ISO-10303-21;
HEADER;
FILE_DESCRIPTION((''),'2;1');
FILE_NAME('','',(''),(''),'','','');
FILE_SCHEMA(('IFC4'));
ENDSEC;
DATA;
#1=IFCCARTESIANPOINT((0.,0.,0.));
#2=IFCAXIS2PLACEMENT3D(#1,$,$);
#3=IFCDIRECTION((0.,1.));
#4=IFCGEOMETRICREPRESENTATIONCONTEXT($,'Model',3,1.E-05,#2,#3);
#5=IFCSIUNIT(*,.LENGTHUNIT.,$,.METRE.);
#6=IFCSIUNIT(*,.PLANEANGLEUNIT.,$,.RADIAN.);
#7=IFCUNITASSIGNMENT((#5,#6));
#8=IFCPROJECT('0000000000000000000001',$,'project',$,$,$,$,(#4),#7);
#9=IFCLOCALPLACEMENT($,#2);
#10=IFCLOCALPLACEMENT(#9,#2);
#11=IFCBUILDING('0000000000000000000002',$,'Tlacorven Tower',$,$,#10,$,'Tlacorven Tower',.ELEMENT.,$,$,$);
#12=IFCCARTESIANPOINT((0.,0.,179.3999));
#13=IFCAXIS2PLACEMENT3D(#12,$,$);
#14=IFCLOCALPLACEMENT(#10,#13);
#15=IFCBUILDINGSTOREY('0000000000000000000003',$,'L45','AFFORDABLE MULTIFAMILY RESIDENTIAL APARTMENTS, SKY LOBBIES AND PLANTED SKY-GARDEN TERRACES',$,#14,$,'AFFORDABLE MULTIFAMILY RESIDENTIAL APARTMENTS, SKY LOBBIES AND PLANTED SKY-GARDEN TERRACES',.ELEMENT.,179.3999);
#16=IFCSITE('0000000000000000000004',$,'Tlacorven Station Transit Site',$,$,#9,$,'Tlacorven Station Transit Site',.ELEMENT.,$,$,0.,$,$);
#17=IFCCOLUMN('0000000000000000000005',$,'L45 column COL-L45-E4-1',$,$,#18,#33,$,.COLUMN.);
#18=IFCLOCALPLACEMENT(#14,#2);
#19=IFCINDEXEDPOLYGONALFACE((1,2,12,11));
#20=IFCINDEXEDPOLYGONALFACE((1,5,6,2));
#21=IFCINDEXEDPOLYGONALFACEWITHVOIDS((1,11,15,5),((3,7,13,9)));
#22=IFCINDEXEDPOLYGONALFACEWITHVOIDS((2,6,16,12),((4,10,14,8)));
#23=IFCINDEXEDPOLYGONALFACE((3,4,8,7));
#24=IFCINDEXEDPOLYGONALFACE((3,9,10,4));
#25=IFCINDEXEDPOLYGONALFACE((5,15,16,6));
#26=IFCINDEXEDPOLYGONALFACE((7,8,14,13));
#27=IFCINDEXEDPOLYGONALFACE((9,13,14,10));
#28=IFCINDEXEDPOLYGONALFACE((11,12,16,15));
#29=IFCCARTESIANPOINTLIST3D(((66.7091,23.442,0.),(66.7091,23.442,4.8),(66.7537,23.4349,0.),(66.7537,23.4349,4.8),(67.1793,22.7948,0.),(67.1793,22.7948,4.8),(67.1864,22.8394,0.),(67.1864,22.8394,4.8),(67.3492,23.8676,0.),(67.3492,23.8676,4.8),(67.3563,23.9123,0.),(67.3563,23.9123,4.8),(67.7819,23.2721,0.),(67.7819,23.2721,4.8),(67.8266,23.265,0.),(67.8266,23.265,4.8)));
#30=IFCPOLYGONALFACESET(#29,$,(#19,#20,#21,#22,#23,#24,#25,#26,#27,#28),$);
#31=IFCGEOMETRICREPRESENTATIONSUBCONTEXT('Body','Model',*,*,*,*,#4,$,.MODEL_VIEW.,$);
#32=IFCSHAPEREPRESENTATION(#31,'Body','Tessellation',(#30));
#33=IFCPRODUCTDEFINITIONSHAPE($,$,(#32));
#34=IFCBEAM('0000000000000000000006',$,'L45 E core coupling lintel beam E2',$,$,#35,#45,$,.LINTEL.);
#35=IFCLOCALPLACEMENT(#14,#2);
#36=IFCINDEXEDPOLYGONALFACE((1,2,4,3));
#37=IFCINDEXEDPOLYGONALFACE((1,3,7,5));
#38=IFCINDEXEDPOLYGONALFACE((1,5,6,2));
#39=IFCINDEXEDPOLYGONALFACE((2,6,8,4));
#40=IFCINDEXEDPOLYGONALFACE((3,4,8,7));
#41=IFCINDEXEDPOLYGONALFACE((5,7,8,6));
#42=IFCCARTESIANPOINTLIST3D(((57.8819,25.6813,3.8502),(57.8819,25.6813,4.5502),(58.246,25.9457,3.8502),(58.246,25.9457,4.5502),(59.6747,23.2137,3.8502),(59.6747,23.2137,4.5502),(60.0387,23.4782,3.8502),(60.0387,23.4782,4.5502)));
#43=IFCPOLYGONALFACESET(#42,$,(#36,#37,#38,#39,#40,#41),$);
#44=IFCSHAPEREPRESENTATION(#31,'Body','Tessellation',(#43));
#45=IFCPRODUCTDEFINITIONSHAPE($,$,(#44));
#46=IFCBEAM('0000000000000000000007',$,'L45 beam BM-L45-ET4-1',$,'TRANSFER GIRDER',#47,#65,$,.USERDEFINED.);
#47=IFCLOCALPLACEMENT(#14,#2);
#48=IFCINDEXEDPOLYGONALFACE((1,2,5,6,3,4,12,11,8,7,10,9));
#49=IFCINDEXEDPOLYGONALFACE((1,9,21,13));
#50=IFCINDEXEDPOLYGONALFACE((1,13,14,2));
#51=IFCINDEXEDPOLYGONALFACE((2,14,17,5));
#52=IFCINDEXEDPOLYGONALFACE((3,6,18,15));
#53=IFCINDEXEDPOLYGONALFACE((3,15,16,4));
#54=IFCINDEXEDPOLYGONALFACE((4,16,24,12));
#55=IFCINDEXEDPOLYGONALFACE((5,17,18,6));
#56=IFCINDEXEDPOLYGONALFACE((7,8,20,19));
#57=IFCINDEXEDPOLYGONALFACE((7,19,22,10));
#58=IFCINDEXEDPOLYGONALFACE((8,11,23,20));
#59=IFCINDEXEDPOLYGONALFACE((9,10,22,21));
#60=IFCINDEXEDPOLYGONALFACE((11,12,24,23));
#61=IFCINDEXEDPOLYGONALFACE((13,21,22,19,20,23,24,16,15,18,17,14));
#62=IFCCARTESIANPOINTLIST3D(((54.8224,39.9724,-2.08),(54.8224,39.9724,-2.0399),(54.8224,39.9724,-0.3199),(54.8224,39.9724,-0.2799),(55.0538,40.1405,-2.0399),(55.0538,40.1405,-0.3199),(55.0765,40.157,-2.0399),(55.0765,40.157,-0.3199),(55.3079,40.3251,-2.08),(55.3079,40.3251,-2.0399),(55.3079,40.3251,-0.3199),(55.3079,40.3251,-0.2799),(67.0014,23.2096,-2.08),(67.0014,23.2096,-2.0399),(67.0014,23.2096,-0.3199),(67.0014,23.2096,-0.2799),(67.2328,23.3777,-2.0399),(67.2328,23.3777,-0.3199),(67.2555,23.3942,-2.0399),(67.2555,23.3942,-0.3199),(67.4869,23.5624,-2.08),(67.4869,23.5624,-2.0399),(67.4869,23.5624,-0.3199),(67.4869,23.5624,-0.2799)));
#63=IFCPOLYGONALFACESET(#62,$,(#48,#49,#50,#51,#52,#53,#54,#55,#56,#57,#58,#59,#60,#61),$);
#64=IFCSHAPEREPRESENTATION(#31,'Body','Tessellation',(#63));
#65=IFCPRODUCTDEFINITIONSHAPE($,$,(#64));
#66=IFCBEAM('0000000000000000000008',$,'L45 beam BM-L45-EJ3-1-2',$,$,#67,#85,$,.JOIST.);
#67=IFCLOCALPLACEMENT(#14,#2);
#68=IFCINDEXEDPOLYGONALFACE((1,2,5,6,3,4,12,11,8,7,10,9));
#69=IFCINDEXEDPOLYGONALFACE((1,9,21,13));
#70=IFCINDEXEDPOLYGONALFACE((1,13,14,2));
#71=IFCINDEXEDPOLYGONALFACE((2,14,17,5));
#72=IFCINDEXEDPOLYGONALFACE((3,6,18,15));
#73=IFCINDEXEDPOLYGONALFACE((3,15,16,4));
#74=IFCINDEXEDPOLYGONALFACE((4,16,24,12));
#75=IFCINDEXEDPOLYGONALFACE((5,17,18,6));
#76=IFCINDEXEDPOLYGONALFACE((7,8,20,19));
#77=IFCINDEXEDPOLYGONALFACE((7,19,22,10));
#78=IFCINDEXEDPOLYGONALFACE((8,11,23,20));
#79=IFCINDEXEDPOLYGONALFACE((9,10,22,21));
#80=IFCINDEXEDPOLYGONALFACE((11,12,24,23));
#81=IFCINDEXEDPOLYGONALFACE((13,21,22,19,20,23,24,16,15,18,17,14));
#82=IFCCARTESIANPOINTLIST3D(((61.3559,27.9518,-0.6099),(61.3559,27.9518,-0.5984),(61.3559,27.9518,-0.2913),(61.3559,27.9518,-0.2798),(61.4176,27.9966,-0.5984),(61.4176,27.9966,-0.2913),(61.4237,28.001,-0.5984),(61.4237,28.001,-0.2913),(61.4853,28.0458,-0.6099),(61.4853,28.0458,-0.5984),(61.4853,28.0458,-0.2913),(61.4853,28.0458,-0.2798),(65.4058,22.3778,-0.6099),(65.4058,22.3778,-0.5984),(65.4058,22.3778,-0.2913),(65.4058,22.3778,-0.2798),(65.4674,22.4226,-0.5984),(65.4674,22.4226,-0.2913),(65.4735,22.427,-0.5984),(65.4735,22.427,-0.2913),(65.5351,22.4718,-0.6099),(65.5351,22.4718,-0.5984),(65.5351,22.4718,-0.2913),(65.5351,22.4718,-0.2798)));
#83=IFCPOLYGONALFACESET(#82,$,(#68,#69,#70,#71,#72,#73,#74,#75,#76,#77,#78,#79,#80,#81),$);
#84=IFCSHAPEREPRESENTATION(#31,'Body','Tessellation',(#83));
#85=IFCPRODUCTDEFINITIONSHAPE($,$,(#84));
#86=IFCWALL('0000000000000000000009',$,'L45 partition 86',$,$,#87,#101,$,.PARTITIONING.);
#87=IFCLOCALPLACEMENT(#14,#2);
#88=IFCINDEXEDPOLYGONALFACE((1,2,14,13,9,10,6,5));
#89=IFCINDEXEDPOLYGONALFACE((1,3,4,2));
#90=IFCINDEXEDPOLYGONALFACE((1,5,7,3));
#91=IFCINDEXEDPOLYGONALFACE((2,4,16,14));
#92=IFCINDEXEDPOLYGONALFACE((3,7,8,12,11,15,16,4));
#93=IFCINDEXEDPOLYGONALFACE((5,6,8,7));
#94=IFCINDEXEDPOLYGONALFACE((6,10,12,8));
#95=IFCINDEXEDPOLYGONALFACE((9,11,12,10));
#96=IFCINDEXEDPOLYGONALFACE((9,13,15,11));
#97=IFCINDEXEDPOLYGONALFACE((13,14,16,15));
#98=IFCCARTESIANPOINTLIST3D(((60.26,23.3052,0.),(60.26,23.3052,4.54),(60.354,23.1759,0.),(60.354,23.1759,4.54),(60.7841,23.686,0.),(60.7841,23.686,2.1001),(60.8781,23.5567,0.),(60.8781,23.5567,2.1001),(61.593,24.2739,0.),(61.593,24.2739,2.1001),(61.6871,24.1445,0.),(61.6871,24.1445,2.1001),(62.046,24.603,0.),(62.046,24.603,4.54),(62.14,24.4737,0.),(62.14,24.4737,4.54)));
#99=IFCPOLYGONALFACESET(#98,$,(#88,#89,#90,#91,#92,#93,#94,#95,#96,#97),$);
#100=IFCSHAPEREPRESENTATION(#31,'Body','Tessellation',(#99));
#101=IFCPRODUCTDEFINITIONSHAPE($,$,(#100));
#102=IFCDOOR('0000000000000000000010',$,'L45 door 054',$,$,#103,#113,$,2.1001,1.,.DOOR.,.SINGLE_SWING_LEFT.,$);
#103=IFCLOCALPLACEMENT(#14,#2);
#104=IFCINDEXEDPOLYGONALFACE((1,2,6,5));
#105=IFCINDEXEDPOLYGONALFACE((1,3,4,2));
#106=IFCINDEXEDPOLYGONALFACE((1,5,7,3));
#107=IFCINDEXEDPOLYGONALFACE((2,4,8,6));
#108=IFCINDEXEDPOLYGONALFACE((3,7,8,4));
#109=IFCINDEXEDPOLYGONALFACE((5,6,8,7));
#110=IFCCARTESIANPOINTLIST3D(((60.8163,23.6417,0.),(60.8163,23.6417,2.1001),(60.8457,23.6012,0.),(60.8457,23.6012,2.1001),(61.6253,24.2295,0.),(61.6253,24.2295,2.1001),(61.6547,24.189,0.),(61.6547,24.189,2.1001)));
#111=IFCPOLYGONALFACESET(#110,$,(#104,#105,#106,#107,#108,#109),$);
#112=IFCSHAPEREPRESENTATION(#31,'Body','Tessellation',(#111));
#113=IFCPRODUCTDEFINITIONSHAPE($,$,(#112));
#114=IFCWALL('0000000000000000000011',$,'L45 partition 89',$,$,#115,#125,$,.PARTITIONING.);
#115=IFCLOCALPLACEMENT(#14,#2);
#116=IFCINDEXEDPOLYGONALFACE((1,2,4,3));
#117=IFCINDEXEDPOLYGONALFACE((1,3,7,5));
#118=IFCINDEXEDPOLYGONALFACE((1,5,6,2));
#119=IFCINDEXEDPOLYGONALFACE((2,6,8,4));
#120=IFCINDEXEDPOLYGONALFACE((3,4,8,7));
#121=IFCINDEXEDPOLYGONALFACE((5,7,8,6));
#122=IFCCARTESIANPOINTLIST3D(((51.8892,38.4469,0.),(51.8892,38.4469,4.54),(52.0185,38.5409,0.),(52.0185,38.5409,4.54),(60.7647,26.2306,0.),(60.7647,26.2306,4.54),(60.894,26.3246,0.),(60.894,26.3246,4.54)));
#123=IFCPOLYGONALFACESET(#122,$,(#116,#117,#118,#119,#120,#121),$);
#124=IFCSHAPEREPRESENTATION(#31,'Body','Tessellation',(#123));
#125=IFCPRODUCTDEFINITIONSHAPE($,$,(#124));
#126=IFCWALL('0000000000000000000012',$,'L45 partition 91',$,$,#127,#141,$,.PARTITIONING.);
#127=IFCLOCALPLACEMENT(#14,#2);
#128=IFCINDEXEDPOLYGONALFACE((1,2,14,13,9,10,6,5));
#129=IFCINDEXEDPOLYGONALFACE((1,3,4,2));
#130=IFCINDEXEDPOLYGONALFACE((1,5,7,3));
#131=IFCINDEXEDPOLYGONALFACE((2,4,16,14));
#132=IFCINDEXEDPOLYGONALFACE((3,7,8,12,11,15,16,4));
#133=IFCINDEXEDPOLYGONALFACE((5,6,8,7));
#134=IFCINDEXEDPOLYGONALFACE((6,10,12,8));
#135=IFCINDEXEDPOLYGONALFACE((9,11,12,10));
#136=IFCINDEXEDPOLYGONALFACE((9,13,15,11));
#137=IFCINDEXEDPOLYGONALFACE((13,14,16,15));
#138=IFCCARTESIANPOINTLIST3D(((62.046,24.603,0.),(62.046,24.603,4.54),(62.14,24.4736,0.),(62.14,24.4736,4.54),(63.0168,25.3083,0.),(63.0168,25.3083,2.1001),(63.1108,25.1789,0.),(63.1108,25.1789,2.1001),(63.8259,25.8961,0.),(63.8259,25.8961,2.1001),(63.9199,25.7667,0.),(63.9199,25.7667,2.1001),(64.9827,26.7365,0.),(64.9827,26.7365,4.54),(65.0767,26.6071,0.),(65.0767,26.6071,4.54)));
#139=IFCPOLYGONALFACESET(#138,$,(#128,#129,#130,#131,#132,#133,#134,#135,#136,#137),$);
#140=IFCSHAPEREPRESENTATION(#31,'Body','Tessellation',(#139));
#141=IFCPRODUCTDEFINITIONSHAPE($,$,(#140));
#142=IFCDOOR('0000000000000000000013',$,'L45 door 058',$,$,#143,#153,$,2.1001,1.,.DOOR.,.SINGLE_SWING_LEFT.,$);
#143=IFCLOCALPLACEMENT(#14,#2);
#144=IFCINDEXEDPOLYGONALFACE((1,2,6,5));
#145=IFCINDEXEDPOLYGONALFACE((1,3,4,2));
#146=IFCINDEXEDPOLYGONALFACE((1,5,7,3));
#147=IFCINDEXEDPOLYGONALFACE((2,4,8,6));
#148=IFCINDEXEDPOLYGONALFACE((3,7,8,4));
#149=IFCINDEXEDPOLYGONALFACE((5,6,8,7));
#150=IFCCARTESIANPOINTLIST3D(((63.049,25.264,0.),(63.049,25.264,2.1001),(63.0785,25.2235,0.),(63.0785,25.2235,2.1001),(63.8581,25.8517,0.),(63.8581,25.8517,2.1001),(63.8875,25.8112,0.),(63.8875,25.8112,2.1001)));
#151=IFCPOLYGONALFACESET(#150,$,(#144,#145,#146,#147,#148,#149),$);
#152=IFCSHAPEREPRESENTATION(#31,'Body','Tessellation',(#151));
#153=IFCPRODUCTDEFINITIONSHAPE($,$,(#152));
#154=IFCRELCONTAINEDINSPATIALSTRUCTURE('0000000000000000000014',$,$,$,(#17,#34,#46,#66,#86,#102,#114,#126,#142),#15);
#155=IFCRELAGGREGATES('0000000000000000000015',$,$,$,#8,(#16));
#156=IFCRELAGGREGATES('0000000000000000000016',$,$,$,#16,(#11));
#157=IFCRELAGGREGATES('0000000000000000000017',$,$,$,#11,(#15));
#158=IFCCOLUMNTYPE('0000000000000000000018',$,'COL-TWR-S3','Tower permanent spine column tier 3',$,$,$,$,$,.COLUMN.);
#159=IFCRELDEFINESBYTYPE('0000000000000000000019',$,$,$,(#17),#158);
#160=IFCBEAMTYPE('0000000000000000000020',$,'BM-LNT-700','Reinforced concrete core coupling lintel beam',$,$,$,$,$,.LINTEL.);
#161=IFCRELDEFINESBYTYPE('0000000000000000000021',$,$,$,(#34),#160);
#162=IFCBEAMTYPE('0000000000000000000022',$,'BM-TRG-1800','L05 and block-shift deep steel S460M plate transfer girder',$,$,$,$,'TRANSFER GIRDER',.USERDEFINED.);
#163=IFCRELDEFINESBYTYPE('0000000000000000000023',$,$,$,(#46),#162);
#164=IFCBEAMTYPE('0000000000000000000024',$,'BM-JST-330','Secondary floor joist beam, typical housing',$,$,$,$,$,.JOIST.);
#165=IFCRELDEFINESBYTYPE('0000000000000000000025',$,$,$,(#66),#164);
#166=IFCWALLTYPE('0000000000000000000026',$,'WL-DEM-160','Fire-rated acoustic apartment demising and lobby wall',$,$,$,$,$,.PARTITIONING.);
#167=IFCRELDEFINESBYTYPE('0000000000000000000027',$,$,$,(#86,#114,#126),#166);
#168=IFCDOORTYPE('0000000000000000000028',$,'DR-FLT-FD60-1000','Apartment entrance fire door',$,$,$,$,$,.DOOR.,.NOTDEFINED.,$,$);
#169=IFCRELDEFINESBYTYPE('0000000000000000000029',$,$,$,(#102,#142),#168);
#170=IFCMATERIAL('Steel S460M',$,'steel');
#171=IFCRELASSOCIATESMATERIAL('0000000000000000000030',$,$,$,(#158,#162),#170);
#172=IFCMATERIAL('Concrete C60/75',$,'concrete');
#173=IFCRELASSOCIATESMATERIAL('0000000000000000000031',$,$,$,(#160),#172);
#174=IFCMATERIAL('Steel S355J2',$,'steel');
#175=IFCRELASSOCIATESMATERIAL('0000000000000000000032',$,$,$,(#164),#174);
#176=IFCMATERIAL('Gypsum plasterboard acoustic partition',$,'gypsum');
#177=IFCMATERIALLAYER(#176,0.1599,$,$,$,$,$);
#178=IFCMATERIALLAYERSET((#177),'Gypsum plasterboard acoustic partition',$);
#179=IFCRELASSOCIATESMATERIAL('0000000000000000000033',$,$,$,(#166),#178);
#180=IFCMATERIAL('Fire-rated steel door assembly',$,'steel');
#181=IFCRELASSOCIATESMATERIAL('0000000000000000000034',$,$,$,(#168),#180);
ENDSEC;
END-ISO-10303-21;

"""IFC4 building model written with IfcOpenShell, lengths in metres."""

from ifc_helpers import new_model, si_unit, direction, frame, frame_2d, origin, origin_2d, place, context, subcontext, project, spatial, rectangle, hollow_rectangle, i_section, extrude, source, transform, mapped, material, layer, layer_set, material_profile, profile_set, type_object, element, fill, save


model = new_model("IFC4")

# Units and contexts
model_context = context("Model", 3, precision=1e-05, world=origin(), true_north=direction((0.0, 1.0)))
body_context = subcontext(model_context, "Body", "Model", "MODEL_VIEW")
ifc_project = project(units=[si_unit("LENGTHUNIT", "METRE"), si_unit("PLANEANGLEUNIT", "RADIAN")], contexts=[model_context])

# Site, building, storey
site_placement = place(None, origin())
site = spatial("IfcSite", under=ifc_project, at=site_placement, Name="Tlacorven Station Transit Site", LongName="Tlacorven Station Transit Site", CompositionType="ELEMENT", RefElevation=0.0)
building_placement = place(site_placement, origin())
building = spatial("IfcBuilding", under=site, at=building_placement, Name="Tlacorven Tower", LongName="Tlacorven Tower", CompositionType="ELEMENT")
storey_placement = place(building_placement, frame((0.0, 0.0, 179.3999)))
storey = spatial("IfcBuildingStorey", under=building, at=storey_placement, Name="L45", Description="AFFORDABLE MULTIFAMILY RESIDENTIAL APARTMENTS, SKY LOBBIES AND PLANTED SKY-GARDEN TERRACES", LongName="AFFORDABLE MULTIFAMILY RESIDENTIAL APARTMENTS, SKY LOBBIES AND PLANTED SKY-GARDEN TERRACES", CompositionType="ELEMENT", Elevation=179.3999)

# Column
ifc_material_1 = material(Name="Steel S460M", Category="steel")
ifc_material_profile_1 = material_profile(ifc_material_1, hollow_rectangle(XDim=0.8, YDim=0.8, WallThickness=0.032, at=origin_2d()), Name="BOX 800X800X32")
ifc_profile_set_1 = profile_set([ifc_material_profile_1], Name="Steel S460M")
column_type = type_object("IfcColumnType", Name="COL-TWR-S3", Description="Tower permanent spine column tier 3", PredefinedType="COLUMN", material=ifc_profile_set_1)
shared_shape_1 = source(origin(), body_context, "Body", "SweptSolid", [
    extrude(hollow_rectangle(XDim=0.8, YDim=0.8, WallThickness=0.032, at=origin_2d()), origin(), (0.0, 0.0, 1.0), 4.8),
])
column_placement = place(storey_placement, frame((67.2678, 23.3535, 0.0), z_axis=(0.0, 0.0, 1.0), x_axis=(0.809017, 0.587785, 0.0)))
element("IfcColumn", 1, at=column_placement, inside=storey, type_object=column_type, Name="L45 column COL-L45-E4-1", PredefinedType="COLUMN", context=body_context, shape_type="MappedRepresentation", body=[
    mapped(shared_shape_1, transform((0.0, 0.0, 0.0), scale=1.0)),
])

# Beams
ifc_material_2 = material(Name="Concrete C60/75", Category="concrete")
ifc_material_profile_2 = material_profile(ifc_material_2, rectangle(XDim=0.45, YDim=0.7, at=origin_2d()), Name="RC 450X700")
ifc_profile_set_2 = profile_set([ifc_material_profile_2], Name="Concrete C60/75")
beam_type_1 = type_object("IfcBeamType", Name="BM-LNT-700", Description="Reinforced concrete core coupling lintel beam", PredefinedType="LINTEL", material=ifc_profile_set_2)
shared_shape_2 = source(origin(), body_context, "Body", "SweptSolid", [
    extrude(rectangle(XDim=0.45, YDim=0.7, at=origin_2d()), origin(), (0.0, 0.0, 1.0), 3.05),
])
beam_1_placement = place(storey_placement, frame((59.8567, 23.3459, 4.2002), z_axis=(-0.587777, 0.809023, 0.0), x_axis=(-0.809023, -0.587777, 0.0)))
element("IfcBeam", 2, at=beam_1_placement, inside=storey, type_object=beam_type_1, Name="L45 E core coupling lintel beam E2", PredefinedType="LINTEL", context=body_context, shape_type="MappedRepresentation", body=[
    mapped(shared_shape_2, transform((0.0, 0.0, 0.0), scale=1.0)),
])
ifc_material_profile_3 = material_profile(ifc_material_1, i_section(OverallWidth=0.6001, OverallDepth=1.8, WebThickness=0.0281, FlangeThickness=0.04, at=origin_2d()), Name="PG 1800X600X28X40")
ifc_profile_set_3 = profile_set([ifc_material_profile_3], Name="Steel S460M")
beam_type_2 = type_object("IfcBeamType", Name="BM-TRG-1800", Description="L05 and block-shift deep steel S460M plate transfer girder", ElementType="TRANSFER GIRDER", PredefinedType="USERDEFINED", material=ifc_profile_set_3)
shared_shape_3 = source(origin(), body_context, "Body", "SweptSolid", [
    extrude(i_section(OverallWidth=0.6001, OverallDepth=1.8, WebThickness=0.0281, FlangeThickness=0.04, at=origin_2d()), origin(), (0.0, 0.0, 1.0), 20.72),
])
beam_2_placement = place(storey_placement, frame((67.2441, 23.386, -1.1799), z_axis=(-0.58779, 0.809014, 0.0), x_axis=(-0.809014, -0.58779, 0.0)))
element("IfcBeam", 3, at=beam_2_placement, inside=storey, type_object=beam_type_2, Name="L45 beam BM-L45-ET4-1", ObjectType="TRANSFER GIRDER", PredefinedType="USERDEFINED", context=body_context, shape_type="MappedRepresentation", body=[
    mapped(shared_shape_3, transform((0.0, 0.0, 0.0), scale=1.0)),
])
ifc_material_3 = material(Name="Steel S355J2", Category="steel")
ifc_material_profile_4 = material_profile(ifc_material_3, i_section(OverallWidth=0.1599, OverallDepth=0.3301, WebThickness=0.0076, FlangeThickness=0.0115, at=origin_2d()), Name="IPE 330")
ifc_profile_set_4 = profile_set([ifc_material_profile_4], Name="Steel S355J2")
beam_type_3 = type_object("IfcBeamType", Name="BM-JST-330", Description="Secondary floor joist beam, typical housing", PredefinedType="JOIST", material=ifc_profile_set_4)
shared_shape_4 = source(origin(), body_context, "Body", "SweptSolid", [
    extrude(i_section(OverallWidth=0.1599, OverallDepth=0.3301, WebThickness=0.0076, FlangeThickness=0.0115, at=origin_2d()), origin(), (0.0, 0.0, 1.0), 6.8899),
])
beam_3_placement = place(storey_placement, frame((65.4705, 22.4248, -0.4448), z_axis=(-0.587792, 0.809012, 0.0), x_axis=(-0.809012, -0.587792, 0.0)))
element("IfcBeam", 4, at=beam_3_placement, inside=storey, type_object=beam_type_3, Name="L45 beam BM-L45-EJ3-1-2", PredefinedType="JOIST", context=body_context, shape_type="MappedRepresentation", body=[
    mapped(shared_shape_4, transform((0.0, 0.0, 0.0), scale=1.0)),
])

# Wall, opening, door
ifc_material_4 = material(Name="Gypsum plasterboard acoustic partition", Category="gypsum")
ifc_layer_1 = layer(ifc_material_4, 0.1599)
ifc_layer_set_1 = layer_set([ifc_layer_1], Name="Gypsum plasterboard acoustic partition")
wall_type_1 = type_object("IfcWallType", Name="WL-DEM-160", Description="Fire-rated acoustic apartment demising and lobby wall", PredefinedType="PARTITIONING", material=ifc_layer_set_1)
wall_1_placement = place(storey_placement, frame((60.3069, 23.2405, 0.0), z_axis=(0.0, 0.0, 1.0), x_axis=(0.808985, 0.58783, 0.0)))
wall_1 = element("IfcWall", 5, at=wall_1_placement, inside=storey, type_object=wall_type_1, Name="L45 partition 86", PredefinedType="PARTITIONING", context=body_context, shape_type="SweptSolid", body=[
    extrude(rectangle(XDim=2.2078, YDim=0.1599, at=frame_2d((1.104, 0.0))), origin(), (0.0, 0.0, 1.0), 4.54),
])
opening_1_placement = place(wall_1_placement, frame((0.6479, 0.0, 0.0)))
opening_1 = element("IfcOpeningElement", 6, at=opening_1_placement, cuts=wall_1, PredefinedType="OPENING", context=body_context, shape_type="SweptSolid", body=[
    extrude(rectangle(XDim=1.0, YDim=2.1001, at=frame_2d((0.5, 1.05))), frame((0.0, 0.0898, 0.0), z_axis=(0.0, -1.0, 0.0), x_axis=(1.0, 0.0, 0.0)), (0.0, 0.0, 1.0), 0.1799),
])
ifc_material_5 = material(Name="Fire-rated steel door assembly", Category="steel")
door_type_1 = type_object("IfcDoorType", Name="DR-FLT-FD60-1000", Description="Apartment entrance fire door", OperationType="NOTDEFINED", PredefinedType="DOOR", material=ifc_material_5)
shared_shape_5 = source(origin(), body_context, "Body", "SweptSolid", [
    extrude(rectangle(XDim=1.0, YDim=2.1001, at=frame_2d((0.5, 1.05))), frame((0.0, 0.0249, 0.0), z_axis=(0.0, -1.0, 0.0), x_axis=(1.0, 0.0, 0.0)), (0.0, 0.0, 1.0), 0.05),
])
door_1_placement = place(opening_1_placement, frame((1.0, 0.0, 0.0), z_axis=(0.0, 0.0, 1.0), x_axis=(-1.0, 0.0, 0.0)))
door_1 = element("IfcDoor", 7, at=door_1_placement, inside=storey, type_object=door_type_1, Name="L45 door 054", OperationType="SINGLE_SWING_LEFT", OverallHeight=2.1001, OverallWidth=1.0, PredefinedType="DOOR", context=body_context, shape_type="MappedRepresentation", body=[
    mapped(shared_shape_5, transform((0.0, 0.0, 0.0), scale=1.0)),
])
fill(opening_1, door_1)

# Wall
wall_2_placement = place(storey_placement, frame((60.8293, 26.2776, 0.0), z_axis=(0.0, 0.0, 1.0), x_axis=(-0.587777, 0.809023, 0.0)))
element("IfcWall", 8, at=wall_2_placement, inside=storey, type_object=wall_type_1, Name="L45 partition 89", PredefinedType="PARTITIONING", context=body_context, shape_type="SweptSolid", body=[
    extrude(rectangle(XDim=15.1001, YDim=0.1599, at=frame_2d((7.55, 0.0))), origin(), (0.0, 0.0, 1.0), 4.54),
])

# Wall, opening, door
wall_3_placement = place(storey_placement, frame((62.093, 24.5383, 0.0), z_axis=(0.0, 0.0, 1.0), x_axis=(0.809036, 0.58776, 0.0)))
wall_3 = element("IfcWall", 9, at=wall_3_placement, inside=storey, type_object=wall_type_1, Name="L45 partition 91", PredefinedType="PARTITIONING", context=body_context, shape_type="SweptSolid", body=[
    extrude(rectangle(XDim=3.6299, YDim=0.1599, at=frame_2d((1.8149, 0.0))), origin(), (0.0, 0.0, 1.0), 4.54),
])
opening_2_placement = place(wall_3_placement, frame((1.2, 0.0, 0.0)))
opening_2 = element("IfcOpeningElement", 10, at=opening_2_placement, cuts=wall_3, PredefinedType="OPENING", context=body_context, shape_type="SweptSolid", body=[
    extrude(rectangle(XDim=1.0, YDim=2.1001, at=frame_2d((0.5, 1.05))), frame((0.0, 0.0898, 0.0), z_axis=(0.0, -1.0, 0.0), x_axis=(1.0, 0.0, 0.0)), (0.0, 0.0, 1.0), 0.1799),
])
door_2_placement = place(opening_2_placement, frame((1.0, 0.0, 0.0), z_axis=(0.0, 0.0, 1.0), x_axis=(-1.0, 0.0, 0.0)))
door_2 = element("IfcDoor", 11, at=door_2_placement, inside=storey, type_object=door_type_1, Name="L45 door 058", OperationType="SINGLE_SWING_LEFT", OverallHeight=2.1001, OverallWidth=1.0, PredefinedType="DOOR", context=body_context, shape_type="MappedRepresentation", body=[
    mapped(shared_shape_5, transform((0.0, 0.0, 0.0), scale=1.0)),
])
fill(opening_2, door_2)

save(model, "model.ifc")
